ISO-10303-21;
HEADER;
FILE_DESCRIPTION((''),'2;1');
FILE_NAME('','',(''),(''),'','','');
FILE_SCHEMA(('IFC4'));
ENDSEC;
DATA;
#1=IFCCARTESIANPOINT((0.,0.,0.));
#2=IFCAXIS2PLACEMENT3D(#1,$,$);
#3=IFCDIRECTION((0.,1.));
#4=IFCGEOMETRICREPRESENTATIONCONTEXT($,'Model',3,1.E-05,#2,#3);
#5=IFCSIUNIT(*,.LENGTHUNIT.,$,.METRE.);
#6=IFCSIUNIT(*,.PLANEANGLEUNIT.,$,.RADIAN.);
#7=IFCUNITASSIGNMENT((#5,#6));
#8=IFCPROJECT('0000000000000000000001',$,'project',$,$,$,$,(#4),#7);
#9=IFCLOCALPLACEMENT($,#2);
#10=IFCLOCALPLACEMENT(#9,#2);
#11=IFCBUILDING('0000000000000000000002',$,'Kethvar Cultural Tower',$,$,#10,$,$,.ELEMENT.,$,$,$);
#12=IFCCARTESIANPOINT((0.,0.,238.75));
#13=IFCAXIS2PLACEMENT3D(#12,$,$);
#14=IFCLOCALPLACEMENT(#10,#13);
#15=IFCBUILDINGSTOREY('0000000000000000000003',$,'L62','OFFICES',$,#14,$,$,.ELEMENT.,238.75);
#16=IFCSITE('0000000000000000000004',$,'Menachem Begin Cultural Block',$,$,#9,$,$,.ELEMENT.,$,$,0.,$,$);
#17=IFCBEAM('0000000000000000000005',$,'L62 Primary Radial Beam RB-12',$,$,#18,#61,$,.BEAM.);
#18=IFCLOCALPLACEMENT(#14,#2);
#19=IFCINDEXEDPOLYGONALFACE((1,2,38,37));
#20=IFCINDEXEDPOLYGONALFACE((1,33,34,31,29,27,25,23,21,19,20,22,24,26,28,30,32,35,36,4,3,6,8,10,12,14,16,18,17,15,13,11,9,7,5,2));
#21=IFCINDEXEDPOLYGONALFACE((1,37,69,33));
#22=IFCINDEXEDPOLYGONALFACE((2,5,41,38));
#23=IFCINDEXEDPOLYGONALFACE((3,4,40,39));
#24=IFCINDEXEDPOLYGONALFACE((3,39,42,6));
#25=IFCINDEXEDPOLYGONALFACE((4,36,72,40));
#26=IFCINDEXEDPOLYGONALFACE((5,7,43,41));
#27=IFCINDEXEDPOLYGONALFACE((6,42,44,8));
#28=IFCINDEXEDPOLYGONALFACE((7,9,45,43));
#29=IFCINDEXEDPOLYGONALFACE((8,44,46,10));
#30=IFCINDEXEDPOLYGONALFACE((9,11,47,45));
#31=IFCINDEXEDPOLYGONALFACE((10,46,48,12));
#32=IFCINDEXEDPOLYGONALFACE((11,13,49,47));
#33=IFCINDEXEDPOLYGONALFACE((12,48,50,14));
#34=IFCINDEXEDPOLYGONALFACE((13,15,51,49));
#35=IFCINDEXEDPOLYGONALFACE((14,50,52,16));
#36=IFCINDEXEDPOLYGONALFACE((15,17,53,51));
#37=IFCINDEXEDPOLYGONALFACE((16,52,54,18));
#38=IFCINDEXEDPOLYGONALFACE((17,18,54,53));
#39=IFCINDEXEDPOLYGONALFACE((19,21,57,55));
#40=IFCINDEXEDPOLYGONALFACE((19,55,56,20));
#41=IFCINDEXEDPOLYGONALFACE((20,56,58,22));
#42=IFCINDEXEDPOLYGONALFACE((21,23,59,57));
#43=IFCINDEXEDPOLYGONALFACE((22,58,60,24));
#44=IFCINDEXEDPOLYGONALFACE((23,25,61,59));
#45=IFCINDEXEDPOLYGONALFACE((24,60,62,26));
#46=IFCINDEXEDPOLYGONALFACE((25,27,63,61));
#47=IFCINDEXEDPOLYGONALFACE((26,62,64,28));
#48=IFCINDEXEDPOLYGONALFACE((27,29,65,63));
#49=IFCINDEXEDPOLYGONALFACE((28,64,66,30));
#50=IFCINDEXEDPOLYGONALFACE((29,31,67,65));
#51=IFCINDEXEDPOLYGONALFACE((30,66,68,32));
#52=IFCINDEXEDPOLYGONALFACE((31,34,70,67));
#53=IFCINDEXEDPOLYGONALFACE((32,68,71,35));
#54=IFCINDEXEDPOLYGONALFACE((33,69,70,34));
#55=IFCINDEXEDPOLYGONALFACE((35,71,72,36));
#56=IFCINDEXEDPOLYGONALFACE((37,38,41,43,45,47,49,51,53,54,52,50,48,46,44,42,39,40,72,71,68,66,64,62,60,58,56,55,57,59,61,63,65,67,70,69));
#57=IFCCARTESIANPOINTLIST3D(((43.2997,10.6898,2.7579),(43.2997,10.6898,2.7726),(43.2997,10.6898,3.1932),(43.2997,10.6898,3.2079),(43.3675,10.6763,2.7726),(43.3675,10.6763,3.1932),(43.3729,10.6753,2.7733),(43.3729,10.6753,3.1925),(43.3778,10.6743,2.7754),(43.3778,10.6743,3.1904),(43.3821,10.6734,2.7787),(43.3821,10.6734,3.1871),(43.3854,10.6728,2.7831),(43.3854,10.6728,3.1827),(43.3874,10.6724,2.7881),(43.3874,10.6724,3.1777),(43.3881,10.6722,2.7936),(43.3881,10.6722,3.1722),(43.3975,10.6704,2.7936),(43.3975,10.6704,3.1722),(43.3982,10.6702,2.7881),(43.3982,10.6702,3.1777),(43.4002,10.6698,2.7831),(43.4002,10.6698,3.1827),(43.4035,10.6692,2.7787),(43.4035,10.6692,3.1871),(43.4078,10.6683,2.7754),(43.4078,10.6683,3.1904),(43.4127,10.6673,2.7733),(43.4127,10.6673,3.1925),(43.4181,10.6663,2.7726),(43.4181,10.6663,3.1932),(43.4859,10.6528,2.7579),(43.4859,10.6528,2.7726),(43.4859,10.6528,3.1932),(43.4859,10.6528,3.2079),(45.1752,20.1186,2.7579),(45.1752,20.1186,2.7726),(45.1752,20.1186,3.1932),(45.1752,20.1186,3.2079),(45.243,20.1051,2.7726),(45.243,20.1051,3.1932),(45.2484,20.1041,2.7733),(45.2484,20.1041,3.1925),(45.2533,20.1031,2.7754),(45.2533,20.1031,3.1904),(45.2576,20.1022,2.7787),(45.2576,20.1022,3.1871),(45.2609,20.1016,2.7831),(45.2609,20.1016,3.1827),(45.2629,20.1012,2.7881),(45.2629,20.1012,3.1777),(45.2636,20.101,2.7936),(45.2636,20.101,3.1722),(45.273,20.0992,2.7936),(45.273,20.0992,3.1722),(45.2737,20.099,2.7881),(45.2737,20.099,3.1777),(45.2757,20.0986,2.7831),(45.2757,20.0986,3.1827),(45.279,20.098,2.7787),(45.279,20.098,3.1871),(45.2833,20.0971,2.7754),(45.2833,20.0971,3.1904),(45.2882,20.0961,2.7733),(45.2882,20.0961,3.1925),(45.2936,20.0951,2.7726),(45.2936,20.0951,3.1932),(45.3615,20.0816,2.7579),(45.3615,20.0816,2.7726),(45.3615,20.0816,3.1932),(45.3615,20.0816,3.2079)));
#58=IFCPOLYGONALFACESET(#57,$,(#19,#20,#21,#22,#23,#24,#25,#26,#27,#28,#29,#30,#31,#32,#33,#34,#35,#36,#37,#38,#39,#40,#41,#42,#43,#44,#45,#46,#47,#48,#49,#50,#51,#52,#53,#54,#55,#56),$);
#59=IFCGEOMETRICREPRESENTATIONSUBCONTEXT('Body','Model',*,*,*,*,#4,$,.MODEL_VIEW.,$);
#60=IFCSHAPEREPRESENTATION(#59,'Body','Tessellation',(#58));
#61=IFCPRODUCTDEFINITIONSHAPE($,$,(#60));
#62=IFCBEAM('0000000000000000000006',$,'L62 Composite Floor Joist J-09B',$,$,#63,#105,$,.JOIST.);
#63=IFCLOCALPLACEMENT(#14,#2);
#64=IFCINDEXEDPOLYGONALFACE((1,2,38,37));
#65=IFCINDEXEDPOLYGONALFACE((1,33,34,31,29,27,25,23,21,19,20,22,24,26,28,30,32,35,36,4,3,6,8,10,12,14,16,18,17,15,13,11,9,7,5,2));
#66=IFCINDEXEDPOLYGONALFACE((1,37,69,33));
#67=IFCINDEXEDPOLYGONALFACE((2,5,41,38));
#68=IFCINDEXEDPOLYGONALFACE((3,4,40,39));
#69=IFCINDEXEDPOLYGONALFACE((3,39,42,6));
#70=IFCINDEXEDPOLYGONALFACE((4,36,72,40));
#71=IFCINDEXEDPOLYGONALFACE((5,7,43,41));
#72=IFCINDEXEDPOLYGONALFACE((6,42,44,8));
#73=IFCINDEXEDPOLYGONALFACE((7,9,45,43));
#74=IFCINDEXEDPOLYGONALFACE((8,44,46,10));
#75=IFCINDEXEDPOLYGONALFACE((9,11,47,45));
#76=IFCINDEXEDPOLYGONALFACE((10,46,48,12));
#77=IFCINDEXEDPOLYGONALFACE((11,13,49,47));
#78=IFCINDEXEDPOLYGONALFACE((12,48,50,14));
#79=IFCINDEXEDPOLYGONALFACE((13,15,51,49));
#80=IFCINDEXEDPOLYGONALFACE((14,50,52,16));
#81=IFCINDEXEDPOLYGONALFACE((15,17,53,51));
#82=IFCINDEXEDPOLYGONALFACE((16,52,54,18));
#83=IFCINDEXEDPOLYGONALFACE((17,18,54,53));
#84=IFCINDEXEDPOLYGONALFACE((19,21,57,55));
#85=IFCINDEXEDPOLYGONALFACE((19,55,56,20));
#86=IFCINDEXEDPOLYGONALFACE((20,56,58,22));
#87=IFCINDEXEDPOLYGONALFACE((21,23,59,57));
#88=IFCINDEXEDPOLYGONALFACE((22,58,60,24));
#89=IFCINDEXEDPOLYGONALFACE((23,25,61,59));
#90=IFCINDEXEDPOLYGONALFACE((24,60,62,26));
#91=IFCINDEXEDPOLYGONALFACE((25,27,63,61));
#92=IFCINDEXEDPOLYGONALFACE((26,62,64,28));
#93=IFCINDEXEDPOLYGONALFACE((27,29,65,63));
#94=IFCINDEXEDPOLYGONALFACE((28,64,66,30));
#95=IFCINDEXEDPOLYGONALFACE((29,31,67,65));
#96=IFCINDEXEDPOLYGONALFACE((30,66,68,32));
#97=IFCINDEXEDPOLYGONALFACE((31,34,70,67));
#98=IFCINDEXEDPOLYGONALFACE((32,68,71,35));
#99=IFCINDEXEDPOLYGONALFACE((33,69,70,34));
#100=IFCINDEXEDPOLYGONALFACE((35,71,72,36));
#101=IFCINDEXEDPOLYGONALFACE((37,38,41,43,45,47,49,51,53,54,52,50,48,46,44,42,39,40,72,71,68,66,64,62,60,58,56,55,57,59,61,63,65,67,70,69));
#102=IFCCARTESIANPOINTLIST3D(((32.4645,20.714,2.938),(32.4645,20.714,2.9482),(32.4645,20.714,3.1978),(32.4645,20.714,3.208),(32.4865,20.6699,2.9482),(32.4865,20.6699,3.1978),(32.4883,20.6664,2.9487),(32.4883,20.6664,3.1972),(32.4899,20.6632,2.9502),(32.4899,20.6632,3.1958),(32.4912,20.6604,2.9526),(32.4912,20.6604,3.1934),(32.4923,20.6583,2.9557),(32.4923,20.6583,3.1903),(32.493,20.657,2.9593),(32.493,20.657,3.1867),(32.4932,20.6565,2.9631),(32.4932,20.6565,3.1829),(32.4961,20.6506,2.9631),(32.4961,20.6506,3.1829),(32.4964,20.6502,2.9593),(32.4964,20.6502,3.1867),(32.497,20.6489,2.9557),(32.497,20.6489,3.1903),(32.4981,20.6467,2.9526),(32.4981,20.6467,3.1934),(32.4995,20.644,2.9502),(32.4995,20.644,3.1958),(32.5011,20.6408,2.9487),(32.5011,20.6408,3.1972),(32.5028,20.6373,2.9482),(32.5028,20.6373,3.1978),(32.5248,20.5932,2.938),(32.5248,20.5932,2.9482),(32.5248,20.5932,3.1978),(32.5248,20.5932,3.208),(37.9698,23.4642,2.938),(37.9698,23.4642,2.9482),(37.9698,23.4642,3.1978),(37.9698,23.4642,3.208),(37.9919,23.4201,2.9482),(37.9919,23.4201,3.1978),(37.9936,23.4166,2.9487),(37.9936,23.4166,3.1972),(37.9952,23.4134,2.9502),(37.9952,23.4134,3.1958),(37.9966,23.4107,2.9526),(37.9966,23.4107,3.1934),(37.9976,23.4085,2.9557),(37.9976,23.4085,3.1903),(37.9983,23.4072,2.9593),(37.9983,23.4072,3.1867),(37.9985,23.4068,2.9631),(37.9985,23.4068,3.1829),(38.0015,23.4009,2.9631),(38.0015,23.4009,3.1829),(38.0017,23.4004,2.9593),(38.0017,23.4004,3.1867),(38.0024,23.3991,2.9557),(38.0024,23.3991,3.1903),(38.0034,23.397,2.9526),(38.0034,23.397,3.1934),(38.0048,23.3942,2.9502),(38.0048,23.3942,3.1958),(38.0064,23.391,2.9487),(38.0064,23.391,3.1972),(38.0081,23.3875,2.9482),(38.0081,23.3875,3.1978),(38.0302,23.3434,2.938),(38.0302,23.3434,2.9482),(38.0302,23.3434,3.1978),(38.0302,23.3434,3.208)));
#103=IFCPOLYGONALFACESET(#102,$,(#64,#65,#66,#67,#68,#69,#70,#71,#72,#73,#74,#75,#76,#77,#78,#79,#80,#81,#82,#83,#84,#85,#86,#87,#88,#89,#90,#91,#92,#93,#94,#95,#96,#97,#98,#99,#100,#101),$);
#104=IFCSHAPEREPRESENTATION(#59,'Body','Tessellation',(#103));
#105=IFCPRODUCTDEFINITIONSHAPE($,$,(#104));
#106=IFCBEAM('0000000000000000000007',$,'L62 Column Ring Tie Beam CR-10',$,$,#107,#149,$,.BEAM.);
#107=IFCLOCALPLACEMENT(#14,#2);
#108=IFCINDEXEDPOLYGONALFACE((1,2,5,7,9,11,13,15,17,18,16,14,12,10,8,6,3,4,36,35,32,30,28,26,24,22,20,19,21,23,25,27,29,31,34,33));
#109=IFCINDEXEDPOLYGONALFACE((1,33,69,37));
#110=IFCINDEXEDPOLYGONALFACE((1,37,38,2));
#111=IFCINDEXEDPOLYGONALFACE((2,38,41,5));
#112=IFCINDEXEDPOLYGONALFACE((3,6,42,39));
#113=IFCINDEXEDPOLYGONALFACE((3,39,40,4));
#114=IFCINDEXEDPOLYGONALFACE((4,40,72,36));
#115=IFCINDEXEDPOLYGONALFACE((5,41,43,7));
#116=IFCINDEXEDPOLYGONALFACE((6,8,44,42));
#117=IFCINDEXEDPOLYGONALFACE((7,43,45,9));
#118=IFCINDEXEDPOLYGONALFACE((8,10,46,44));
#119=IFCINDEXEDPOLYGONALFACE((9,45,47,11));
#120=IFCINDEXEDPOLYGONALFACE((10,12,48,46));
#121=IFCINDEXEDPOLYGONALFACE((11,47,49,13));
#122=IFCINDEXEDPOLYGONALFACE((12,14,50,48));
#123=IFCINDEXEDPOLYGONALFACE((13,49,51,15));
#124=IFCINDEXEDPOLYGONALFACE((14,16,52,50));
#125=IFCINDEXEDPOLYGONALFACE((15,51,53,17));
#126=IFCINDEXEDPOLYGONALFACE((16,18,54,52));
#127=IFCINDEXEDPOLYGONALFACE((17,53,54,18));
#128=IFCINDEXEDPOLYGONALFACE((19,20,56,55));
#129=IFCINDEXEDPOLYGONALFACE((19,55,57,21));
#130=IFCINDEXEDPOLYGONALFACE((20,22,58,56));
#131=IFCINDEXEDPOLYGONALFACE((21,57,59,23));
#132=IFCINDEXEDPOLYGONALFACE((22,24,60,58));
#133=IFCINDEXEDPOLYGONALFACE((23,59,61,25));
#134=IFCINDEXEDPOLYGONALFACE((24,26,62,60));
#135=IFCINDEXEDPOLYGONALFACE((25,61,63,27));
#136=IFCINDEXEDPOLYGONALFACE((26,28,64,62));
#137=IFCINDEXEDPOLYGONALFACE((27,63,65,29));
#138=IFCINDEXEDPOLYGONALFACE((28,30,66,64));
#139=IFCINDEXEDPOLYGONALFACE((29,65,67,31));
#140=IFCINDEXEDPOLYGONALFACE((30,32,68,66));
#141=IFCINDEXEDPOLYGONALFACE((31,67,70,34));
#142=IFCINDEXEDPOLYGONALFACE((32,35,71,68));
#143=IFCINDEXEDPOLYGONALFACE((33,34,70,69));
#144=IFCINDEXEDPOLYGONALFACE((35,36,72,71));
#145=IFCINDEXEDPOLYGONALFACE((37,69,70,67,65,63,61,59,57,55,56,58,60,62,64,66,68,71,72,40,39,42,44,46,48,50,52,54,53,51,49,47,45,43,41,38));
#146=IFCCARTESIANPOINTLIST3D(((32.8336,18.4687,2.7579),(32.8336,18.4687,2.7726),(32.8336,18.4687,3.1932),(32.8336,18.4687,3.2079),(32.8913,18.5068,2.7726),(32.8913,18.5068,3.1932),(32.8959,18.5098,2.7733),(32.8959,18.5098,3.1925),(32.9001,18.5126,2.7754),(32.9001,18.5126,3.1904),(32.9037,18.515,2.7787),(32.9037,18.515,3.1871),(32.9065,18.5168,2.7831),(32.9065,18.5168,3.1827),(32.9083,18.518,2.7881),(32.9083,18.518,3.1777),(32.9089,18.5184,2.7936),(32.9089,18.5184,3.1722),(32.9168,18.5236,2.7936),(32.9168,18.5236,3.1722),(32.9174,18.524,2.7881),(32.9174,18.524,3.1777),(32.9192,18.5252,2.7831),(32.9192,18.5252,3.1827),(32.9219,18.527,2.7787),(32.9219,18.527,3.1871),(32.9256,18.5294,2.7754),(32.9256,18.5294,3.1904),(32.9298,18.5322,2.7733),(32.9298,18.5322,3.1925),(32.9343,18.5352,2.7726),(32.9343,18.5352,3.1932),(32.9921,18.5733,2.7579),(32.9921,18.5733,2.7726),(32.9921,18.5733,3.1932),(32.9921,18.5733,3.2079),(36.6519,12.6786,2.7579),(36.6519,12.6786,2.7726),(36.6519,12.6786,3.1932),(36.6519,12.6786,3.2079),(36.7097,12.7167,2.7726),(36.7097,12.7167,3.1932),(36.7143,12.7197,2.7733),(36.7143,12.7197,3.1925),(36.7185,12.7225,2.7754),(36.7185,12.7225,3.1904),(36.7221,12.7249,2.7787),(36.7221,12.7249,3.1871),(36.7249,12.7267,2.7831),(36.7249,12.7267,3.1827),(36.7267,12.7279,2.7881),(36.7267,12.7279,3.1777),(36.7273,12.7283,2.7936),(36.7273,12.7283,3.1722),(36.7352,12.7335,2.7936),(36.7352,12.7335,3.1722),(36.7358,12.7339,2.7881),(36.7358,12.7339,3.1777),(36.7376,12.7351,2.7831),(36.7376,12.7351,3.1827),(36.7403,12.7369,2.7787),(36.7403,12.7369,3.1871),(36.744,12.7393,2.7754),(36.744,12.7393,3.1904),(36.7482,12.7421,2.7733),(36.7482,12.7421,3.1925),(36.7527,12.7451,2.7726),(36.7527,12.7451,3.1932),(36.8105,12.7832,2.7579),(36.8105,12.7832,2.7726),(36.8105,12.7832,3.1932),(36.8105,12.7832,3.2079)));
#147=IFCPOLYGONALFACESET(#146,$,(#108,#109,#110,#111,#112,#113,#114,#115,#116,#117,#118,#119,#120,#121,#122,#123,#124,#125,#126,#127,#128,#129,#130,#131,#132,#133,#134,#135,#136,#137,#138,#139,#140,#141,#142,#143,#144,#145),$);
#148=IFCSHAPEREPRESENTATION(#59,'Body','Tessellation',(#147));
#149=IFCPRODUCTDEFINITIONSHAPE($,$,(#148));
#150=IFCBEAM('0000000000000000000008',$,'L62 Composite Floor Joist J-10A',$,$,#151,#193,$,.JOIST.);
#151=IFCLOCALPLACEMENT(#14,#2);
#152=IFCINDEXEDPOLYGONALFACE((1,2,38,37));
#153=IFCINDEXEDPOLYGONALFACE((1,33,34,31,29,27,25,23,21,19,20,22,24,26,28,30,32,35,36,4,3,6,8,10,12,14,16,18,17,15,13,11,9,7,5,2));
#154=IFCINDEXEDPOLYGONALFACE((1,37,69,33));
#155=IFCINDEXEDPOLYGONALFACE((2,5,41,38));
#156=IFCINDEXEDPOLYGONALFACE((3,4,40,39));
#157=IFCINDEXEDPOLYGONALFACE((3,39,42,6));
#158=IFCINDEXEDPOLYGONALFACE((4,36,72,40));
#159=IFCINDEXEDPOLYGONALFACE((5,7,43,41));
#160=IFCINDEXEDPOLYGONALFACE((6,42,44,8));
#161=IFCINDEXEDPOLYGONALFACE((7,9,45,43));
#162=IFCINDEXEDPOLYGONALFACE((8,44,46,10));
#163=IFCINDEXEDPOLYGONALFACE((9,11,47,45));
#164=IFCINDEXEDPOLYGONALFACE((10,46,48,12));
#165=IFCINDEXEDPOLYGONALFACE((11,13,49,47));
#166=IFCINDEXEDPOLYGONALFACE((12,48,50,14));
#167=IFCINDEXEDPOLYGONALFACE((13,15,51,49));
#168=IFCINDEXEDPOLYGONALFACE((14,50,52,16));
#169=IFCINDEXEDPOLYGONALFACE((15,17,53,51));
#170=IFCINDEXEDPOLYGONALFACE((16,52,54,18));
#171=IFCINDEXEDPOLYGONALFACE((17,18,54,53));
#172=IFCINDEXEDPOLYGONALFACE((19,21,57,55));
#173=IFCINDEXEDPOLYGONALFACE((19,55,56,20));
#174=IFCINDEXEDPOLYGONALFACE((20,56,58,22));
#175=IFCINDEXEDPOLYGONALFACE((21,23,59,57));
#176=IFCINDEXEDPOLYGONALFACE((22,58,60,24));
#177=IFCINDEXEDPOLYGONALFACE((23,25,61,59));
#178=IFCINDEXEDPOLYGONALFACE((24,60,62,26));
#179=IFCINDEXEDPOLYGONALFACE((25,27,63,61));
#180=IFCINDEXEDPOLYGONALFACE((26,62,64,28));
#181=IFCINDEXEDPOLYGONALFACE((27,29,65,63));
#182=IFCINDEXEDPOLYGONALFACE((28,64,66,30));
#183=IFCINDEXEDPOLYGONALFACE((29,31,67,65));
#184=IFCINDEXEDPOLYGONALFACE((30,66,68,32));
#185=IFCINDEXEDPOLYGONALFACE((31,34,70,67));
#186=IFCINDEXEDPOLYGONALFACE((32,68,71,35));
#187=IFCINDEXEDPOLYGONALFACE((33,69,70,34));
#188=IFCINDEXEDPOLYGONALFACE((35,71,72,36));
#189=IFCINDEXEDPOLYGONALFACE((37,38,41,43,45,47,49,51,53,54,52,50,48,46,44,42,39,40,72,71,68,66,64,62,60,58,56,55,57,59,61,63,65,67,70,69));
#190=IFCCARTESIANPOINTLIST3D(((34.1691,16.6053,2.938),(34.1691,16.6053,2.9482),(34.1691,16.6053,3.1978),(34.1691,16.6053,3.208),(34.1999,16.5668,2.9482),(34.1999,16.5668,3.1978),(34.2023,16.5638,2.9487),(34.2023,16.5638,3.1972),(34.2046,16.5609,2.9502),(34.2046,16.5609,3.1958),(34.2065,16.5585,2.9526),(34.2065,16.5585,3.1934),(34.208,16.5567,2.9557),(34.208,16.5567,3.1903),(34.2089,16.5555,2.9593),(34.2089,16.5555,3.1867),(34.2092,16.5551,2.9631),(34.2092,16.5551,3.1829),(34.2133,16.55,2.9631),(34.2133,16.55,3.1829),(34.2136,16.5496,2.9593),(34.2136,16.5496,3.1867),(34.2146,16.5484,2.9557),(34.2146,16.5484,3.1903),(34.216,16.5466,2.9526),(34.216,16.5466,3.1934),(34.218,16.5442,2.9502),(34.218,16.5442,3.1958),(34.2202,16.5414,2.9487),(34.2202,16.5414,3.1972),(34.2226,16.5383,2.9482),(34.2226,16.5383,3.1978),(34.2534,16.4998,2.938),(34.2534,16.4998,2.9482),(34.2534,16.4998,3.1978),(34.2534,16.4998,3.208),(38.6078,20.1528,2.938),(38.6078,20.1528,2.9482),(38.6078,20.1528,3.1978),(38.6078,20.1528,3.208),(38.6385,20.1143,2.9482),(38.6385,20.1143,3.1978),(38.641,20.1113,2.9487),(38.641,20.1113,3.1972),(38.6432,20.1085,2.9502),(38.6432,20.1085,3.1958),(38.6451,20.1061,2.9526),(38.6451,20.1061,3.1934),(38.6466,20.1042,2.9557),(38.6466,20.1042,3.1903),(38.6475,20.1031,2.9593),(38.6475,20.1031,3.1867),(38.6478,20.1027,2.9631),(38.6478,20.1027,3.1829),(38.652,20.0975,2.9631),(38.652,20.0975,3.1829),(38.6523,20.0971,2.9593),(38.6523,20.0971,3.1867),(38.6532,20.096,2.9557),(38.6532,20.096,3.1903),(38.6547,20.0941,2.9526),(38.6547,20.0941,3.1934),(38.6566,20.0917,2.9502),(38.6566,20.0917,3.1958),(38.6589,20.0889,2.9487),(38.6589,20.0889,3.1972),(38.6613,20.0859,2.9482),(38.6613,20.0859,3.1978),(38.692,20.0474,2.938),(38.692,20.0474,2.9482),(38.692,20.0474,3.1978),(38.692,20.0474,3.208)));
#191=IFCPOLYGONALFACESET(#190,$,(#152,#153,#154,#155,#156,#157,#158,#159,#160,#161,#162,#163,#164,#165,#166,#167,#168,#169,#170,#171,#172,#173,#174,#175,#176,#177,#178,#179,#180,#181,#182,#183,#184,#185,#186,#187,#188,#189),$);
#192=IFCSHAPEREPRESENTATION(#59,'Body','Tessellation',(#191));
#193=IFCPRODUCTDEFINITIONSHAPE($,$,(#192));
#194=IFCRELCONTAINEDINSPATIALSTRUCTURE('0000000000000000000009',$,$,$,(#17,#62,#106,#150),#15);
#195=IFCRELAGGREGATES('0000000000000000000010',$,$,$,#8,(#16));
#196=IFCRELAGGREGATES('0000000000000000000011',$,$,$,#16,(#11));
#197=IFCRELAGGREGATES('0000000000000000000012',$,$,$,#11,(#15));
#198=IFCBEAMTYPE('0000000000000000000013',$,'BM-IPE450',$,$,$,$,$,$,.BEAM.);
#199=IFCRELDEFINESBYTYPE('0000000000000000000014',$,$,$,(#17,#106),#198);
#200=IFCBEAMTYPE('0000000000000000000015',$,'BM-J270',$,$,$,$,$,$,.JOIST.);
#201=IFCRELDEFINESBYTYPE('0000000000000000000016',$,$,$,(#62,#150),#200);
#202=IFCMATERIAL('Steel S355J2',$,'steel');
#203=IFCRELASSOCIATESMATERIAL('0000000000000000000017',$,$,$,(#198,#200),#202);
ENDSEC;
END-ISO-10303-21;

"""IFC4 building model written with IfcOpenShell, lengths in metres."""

from ifc_helpers import new_model, si_unit, direction, frame, origin, origin_2d, place, context, subcontext, project, spatial, i_section, extrude, source, transform, mapped, material, material_profile, profile_set, type_object, element, save


model = new_model("IFC4")

# Units and contexts
model_context = context("Model", 3, precision=1e-05, world=origin(), true_north=direction((0.0, 1.0)))
body_context = subcontext(model_context, "Body", "Model", "MODEL_VIEW")
ifc_project = project(units=[si_unit("LENGTHUNIT", "METRE"), si_unit("PLANEANGLEUNIT", "RADIAN")], contexts=[model_context])

# Site, building, storey
site_placement = place(None, origin())
site = spatial("IfcSite", under=ifc_project, at=site_placement, Name="Menachem Begin Cultural Block", CompositionType="ELEMENT", RefElevation=0.0)
building_placement = place(site_placement, origin())
building = spatial("IfcBuilding", under=site, at=building_placement, Name="Kethvar Cultural Tower", CompositionType="ELEMENT")
storey_placement = place(building_placement, frame((0.0, 0.0, 238.75)))
storey = spatial("IfcBuildingStorey", under=building, at=storey_placement, Name="L62", Description="OFFICES", CompositionType="ELEMENT", Elevation=238.75)

# Beams
ifc_material_1 = material(Name="Steel S355J2", Category="steel")
ifc_material_profile_1 = material_profile(ifc_material_1, i_section(OverallWidth=0.1899, OverallDepth=0.45, WebThickness=0.0095, FlangeThickness=0.0146, FilletRadius=0.021, at=origin_2d()), Name="Steel S355J2 — IPE450")
ifc_profile_set_1 = profile_set([ifc_material_profile_1], Name="Steel S355J2 — IPE450")
beam_type_1 = type_object("IfcBeamType", Name="BM-IPE450", PredefinedType="BEAM", material=ifc_profile_set_1)
shared_shape_1 = source(origin(), body_context, "Body", "SweptSolid", [
    extrude(i_section(OverallWidth=0.1899, OverallDepth=0.45, WebThickness=0.0095, FlangeThickness=0.0146, FilletRadius=0.021, at=origin_2d()), origin(), (0.0, 0.0, 1.0), 9.6135),
])
beam_1_placement = place(storey_placement, frame((45.2683, 20.1001, 2.9829), z_axis=(-0.19509, -0.980785, 0.0), x_axis=(0.980785, -0.19509, 0.0)))
element("IfcBeam", 1, at=beam_1_placement, inside=storey, type_object=beam_type_1, Name="L62 Primary Radial Beam RB-12", PredefinedType="BEAM", context=body_context, shape_type="MappedRepresentation", body=[
    mapped(shared_shape_1, transform((0.0, 0.0, 0.0), scale=1.0)),
])
ifc_material_profile_2 = material_profile(ifc_material_1, i_section(OverallWidth=0.135, OverallDepth=0.27, WebThickness=0.0066, FlangeThickness=0.0103, FilletRadius=0.0149, at=origin_2d()), Name="Steel S355J2 — IPE270")
ifc_profile_set_2 = profile_set([ifc_material_profile_2], Name="Steel S355J2 — IPE270")
beam_type_2 = type_object("IfcBeamType", Name="BM-J270", PredefinedType="JOIST", material=ifc_profile_set_2)
shared_shape_2 = source(origin(), body_context, "Body", "SweptSolid", [
    extrude(i_section(OverallWidth=0.135, OverallDepth=0.27, WebThickness=0.0066, FlangeThickness=0.0103, FilletRadius=0.0149, at=origin_2d()), origin(), (0.0, 0.0, 1.0), 6.1541),
])
beam_2_placement = place(storey_placement, frame((38.0, 23.4038, 3.073), z_axis=(-0.894586, -0.446896, 0.0), x_axis=(0.446896, -0.894586, 0.0)))
element("IfcBeam", 2, at=beam_2_placement, inside=storey, type_object=beam_type_2, Name="L62 Composite Floor Joist J-09B", PredefinedType="JOIST", context=body_context, shape_type="MappedRepresentation", body=[
    mapped(shared_shape_2, transform((0.0, 0.0, 0.0), scale=1.0)),
])
shared_shape_3 = source(origin(), body_context, "Body", "SweptSolid", [
    extrude(i_section(OverallWidth=0.1899, OverallDepth=0.45, WebThickness=0.0095, FlangeThickness=0.0146, FilletRadius=0.021, at=origin_2d()), origin(), (0.0, 0.0, 1.0), 6.9358),
])
beam_3_placement = place(storey_placement, frame((32.9128, 18.521, 2.9829), z_axis=(0.550534, -0.834813, 0.0), x_axis=(0.834813, 0.550534, 0.0)))
element("IfcBeam", 3, at=beam_3_placement, inside=storey, type_object=beam_type_1, Name="L62 Column Ring Tie Beam CR-10", PredefinedType="BEAM", context=body_context, shape_type="MappedRepresentation", body=[
    mapped(shared_shape_3, transform((0.0, 0.0, 0.0), scale=1.0)),
])
shared_shape_4 = source(origin(), body_context, "Body", "SweptSolid", [
    extrude(i_section(OverallWidth=0.135, OverallDepth=0.27, WebThickness=0.0066, FlangeThickness=0.0103, FilletRadius=0.0149, at=origin_2d()), origin(), (0.0, 0.0, 1.0), 5.6821),
])
beam_4_placement = place(storey_placement, frame((38.6499, 20.1001, 3.073), z_axis=(-0.781158, -0.624333, 0.0), x_axis=(0.624333, -0.781158, 0.0)))
element("IfcBeam", 4, at=beam_4_placement, inside=storey, type_object=beam_type_2, Name="L62 Composite Floor Joist J-10A", PredefinedType="JOIST", context=body_context, shape_type="MappedRepresentation", body=[
    mapped(shared_shape_4, transform((0.0, 0.0, 0.0), scale=1.0)),
])

save(model, "model.ifc")
